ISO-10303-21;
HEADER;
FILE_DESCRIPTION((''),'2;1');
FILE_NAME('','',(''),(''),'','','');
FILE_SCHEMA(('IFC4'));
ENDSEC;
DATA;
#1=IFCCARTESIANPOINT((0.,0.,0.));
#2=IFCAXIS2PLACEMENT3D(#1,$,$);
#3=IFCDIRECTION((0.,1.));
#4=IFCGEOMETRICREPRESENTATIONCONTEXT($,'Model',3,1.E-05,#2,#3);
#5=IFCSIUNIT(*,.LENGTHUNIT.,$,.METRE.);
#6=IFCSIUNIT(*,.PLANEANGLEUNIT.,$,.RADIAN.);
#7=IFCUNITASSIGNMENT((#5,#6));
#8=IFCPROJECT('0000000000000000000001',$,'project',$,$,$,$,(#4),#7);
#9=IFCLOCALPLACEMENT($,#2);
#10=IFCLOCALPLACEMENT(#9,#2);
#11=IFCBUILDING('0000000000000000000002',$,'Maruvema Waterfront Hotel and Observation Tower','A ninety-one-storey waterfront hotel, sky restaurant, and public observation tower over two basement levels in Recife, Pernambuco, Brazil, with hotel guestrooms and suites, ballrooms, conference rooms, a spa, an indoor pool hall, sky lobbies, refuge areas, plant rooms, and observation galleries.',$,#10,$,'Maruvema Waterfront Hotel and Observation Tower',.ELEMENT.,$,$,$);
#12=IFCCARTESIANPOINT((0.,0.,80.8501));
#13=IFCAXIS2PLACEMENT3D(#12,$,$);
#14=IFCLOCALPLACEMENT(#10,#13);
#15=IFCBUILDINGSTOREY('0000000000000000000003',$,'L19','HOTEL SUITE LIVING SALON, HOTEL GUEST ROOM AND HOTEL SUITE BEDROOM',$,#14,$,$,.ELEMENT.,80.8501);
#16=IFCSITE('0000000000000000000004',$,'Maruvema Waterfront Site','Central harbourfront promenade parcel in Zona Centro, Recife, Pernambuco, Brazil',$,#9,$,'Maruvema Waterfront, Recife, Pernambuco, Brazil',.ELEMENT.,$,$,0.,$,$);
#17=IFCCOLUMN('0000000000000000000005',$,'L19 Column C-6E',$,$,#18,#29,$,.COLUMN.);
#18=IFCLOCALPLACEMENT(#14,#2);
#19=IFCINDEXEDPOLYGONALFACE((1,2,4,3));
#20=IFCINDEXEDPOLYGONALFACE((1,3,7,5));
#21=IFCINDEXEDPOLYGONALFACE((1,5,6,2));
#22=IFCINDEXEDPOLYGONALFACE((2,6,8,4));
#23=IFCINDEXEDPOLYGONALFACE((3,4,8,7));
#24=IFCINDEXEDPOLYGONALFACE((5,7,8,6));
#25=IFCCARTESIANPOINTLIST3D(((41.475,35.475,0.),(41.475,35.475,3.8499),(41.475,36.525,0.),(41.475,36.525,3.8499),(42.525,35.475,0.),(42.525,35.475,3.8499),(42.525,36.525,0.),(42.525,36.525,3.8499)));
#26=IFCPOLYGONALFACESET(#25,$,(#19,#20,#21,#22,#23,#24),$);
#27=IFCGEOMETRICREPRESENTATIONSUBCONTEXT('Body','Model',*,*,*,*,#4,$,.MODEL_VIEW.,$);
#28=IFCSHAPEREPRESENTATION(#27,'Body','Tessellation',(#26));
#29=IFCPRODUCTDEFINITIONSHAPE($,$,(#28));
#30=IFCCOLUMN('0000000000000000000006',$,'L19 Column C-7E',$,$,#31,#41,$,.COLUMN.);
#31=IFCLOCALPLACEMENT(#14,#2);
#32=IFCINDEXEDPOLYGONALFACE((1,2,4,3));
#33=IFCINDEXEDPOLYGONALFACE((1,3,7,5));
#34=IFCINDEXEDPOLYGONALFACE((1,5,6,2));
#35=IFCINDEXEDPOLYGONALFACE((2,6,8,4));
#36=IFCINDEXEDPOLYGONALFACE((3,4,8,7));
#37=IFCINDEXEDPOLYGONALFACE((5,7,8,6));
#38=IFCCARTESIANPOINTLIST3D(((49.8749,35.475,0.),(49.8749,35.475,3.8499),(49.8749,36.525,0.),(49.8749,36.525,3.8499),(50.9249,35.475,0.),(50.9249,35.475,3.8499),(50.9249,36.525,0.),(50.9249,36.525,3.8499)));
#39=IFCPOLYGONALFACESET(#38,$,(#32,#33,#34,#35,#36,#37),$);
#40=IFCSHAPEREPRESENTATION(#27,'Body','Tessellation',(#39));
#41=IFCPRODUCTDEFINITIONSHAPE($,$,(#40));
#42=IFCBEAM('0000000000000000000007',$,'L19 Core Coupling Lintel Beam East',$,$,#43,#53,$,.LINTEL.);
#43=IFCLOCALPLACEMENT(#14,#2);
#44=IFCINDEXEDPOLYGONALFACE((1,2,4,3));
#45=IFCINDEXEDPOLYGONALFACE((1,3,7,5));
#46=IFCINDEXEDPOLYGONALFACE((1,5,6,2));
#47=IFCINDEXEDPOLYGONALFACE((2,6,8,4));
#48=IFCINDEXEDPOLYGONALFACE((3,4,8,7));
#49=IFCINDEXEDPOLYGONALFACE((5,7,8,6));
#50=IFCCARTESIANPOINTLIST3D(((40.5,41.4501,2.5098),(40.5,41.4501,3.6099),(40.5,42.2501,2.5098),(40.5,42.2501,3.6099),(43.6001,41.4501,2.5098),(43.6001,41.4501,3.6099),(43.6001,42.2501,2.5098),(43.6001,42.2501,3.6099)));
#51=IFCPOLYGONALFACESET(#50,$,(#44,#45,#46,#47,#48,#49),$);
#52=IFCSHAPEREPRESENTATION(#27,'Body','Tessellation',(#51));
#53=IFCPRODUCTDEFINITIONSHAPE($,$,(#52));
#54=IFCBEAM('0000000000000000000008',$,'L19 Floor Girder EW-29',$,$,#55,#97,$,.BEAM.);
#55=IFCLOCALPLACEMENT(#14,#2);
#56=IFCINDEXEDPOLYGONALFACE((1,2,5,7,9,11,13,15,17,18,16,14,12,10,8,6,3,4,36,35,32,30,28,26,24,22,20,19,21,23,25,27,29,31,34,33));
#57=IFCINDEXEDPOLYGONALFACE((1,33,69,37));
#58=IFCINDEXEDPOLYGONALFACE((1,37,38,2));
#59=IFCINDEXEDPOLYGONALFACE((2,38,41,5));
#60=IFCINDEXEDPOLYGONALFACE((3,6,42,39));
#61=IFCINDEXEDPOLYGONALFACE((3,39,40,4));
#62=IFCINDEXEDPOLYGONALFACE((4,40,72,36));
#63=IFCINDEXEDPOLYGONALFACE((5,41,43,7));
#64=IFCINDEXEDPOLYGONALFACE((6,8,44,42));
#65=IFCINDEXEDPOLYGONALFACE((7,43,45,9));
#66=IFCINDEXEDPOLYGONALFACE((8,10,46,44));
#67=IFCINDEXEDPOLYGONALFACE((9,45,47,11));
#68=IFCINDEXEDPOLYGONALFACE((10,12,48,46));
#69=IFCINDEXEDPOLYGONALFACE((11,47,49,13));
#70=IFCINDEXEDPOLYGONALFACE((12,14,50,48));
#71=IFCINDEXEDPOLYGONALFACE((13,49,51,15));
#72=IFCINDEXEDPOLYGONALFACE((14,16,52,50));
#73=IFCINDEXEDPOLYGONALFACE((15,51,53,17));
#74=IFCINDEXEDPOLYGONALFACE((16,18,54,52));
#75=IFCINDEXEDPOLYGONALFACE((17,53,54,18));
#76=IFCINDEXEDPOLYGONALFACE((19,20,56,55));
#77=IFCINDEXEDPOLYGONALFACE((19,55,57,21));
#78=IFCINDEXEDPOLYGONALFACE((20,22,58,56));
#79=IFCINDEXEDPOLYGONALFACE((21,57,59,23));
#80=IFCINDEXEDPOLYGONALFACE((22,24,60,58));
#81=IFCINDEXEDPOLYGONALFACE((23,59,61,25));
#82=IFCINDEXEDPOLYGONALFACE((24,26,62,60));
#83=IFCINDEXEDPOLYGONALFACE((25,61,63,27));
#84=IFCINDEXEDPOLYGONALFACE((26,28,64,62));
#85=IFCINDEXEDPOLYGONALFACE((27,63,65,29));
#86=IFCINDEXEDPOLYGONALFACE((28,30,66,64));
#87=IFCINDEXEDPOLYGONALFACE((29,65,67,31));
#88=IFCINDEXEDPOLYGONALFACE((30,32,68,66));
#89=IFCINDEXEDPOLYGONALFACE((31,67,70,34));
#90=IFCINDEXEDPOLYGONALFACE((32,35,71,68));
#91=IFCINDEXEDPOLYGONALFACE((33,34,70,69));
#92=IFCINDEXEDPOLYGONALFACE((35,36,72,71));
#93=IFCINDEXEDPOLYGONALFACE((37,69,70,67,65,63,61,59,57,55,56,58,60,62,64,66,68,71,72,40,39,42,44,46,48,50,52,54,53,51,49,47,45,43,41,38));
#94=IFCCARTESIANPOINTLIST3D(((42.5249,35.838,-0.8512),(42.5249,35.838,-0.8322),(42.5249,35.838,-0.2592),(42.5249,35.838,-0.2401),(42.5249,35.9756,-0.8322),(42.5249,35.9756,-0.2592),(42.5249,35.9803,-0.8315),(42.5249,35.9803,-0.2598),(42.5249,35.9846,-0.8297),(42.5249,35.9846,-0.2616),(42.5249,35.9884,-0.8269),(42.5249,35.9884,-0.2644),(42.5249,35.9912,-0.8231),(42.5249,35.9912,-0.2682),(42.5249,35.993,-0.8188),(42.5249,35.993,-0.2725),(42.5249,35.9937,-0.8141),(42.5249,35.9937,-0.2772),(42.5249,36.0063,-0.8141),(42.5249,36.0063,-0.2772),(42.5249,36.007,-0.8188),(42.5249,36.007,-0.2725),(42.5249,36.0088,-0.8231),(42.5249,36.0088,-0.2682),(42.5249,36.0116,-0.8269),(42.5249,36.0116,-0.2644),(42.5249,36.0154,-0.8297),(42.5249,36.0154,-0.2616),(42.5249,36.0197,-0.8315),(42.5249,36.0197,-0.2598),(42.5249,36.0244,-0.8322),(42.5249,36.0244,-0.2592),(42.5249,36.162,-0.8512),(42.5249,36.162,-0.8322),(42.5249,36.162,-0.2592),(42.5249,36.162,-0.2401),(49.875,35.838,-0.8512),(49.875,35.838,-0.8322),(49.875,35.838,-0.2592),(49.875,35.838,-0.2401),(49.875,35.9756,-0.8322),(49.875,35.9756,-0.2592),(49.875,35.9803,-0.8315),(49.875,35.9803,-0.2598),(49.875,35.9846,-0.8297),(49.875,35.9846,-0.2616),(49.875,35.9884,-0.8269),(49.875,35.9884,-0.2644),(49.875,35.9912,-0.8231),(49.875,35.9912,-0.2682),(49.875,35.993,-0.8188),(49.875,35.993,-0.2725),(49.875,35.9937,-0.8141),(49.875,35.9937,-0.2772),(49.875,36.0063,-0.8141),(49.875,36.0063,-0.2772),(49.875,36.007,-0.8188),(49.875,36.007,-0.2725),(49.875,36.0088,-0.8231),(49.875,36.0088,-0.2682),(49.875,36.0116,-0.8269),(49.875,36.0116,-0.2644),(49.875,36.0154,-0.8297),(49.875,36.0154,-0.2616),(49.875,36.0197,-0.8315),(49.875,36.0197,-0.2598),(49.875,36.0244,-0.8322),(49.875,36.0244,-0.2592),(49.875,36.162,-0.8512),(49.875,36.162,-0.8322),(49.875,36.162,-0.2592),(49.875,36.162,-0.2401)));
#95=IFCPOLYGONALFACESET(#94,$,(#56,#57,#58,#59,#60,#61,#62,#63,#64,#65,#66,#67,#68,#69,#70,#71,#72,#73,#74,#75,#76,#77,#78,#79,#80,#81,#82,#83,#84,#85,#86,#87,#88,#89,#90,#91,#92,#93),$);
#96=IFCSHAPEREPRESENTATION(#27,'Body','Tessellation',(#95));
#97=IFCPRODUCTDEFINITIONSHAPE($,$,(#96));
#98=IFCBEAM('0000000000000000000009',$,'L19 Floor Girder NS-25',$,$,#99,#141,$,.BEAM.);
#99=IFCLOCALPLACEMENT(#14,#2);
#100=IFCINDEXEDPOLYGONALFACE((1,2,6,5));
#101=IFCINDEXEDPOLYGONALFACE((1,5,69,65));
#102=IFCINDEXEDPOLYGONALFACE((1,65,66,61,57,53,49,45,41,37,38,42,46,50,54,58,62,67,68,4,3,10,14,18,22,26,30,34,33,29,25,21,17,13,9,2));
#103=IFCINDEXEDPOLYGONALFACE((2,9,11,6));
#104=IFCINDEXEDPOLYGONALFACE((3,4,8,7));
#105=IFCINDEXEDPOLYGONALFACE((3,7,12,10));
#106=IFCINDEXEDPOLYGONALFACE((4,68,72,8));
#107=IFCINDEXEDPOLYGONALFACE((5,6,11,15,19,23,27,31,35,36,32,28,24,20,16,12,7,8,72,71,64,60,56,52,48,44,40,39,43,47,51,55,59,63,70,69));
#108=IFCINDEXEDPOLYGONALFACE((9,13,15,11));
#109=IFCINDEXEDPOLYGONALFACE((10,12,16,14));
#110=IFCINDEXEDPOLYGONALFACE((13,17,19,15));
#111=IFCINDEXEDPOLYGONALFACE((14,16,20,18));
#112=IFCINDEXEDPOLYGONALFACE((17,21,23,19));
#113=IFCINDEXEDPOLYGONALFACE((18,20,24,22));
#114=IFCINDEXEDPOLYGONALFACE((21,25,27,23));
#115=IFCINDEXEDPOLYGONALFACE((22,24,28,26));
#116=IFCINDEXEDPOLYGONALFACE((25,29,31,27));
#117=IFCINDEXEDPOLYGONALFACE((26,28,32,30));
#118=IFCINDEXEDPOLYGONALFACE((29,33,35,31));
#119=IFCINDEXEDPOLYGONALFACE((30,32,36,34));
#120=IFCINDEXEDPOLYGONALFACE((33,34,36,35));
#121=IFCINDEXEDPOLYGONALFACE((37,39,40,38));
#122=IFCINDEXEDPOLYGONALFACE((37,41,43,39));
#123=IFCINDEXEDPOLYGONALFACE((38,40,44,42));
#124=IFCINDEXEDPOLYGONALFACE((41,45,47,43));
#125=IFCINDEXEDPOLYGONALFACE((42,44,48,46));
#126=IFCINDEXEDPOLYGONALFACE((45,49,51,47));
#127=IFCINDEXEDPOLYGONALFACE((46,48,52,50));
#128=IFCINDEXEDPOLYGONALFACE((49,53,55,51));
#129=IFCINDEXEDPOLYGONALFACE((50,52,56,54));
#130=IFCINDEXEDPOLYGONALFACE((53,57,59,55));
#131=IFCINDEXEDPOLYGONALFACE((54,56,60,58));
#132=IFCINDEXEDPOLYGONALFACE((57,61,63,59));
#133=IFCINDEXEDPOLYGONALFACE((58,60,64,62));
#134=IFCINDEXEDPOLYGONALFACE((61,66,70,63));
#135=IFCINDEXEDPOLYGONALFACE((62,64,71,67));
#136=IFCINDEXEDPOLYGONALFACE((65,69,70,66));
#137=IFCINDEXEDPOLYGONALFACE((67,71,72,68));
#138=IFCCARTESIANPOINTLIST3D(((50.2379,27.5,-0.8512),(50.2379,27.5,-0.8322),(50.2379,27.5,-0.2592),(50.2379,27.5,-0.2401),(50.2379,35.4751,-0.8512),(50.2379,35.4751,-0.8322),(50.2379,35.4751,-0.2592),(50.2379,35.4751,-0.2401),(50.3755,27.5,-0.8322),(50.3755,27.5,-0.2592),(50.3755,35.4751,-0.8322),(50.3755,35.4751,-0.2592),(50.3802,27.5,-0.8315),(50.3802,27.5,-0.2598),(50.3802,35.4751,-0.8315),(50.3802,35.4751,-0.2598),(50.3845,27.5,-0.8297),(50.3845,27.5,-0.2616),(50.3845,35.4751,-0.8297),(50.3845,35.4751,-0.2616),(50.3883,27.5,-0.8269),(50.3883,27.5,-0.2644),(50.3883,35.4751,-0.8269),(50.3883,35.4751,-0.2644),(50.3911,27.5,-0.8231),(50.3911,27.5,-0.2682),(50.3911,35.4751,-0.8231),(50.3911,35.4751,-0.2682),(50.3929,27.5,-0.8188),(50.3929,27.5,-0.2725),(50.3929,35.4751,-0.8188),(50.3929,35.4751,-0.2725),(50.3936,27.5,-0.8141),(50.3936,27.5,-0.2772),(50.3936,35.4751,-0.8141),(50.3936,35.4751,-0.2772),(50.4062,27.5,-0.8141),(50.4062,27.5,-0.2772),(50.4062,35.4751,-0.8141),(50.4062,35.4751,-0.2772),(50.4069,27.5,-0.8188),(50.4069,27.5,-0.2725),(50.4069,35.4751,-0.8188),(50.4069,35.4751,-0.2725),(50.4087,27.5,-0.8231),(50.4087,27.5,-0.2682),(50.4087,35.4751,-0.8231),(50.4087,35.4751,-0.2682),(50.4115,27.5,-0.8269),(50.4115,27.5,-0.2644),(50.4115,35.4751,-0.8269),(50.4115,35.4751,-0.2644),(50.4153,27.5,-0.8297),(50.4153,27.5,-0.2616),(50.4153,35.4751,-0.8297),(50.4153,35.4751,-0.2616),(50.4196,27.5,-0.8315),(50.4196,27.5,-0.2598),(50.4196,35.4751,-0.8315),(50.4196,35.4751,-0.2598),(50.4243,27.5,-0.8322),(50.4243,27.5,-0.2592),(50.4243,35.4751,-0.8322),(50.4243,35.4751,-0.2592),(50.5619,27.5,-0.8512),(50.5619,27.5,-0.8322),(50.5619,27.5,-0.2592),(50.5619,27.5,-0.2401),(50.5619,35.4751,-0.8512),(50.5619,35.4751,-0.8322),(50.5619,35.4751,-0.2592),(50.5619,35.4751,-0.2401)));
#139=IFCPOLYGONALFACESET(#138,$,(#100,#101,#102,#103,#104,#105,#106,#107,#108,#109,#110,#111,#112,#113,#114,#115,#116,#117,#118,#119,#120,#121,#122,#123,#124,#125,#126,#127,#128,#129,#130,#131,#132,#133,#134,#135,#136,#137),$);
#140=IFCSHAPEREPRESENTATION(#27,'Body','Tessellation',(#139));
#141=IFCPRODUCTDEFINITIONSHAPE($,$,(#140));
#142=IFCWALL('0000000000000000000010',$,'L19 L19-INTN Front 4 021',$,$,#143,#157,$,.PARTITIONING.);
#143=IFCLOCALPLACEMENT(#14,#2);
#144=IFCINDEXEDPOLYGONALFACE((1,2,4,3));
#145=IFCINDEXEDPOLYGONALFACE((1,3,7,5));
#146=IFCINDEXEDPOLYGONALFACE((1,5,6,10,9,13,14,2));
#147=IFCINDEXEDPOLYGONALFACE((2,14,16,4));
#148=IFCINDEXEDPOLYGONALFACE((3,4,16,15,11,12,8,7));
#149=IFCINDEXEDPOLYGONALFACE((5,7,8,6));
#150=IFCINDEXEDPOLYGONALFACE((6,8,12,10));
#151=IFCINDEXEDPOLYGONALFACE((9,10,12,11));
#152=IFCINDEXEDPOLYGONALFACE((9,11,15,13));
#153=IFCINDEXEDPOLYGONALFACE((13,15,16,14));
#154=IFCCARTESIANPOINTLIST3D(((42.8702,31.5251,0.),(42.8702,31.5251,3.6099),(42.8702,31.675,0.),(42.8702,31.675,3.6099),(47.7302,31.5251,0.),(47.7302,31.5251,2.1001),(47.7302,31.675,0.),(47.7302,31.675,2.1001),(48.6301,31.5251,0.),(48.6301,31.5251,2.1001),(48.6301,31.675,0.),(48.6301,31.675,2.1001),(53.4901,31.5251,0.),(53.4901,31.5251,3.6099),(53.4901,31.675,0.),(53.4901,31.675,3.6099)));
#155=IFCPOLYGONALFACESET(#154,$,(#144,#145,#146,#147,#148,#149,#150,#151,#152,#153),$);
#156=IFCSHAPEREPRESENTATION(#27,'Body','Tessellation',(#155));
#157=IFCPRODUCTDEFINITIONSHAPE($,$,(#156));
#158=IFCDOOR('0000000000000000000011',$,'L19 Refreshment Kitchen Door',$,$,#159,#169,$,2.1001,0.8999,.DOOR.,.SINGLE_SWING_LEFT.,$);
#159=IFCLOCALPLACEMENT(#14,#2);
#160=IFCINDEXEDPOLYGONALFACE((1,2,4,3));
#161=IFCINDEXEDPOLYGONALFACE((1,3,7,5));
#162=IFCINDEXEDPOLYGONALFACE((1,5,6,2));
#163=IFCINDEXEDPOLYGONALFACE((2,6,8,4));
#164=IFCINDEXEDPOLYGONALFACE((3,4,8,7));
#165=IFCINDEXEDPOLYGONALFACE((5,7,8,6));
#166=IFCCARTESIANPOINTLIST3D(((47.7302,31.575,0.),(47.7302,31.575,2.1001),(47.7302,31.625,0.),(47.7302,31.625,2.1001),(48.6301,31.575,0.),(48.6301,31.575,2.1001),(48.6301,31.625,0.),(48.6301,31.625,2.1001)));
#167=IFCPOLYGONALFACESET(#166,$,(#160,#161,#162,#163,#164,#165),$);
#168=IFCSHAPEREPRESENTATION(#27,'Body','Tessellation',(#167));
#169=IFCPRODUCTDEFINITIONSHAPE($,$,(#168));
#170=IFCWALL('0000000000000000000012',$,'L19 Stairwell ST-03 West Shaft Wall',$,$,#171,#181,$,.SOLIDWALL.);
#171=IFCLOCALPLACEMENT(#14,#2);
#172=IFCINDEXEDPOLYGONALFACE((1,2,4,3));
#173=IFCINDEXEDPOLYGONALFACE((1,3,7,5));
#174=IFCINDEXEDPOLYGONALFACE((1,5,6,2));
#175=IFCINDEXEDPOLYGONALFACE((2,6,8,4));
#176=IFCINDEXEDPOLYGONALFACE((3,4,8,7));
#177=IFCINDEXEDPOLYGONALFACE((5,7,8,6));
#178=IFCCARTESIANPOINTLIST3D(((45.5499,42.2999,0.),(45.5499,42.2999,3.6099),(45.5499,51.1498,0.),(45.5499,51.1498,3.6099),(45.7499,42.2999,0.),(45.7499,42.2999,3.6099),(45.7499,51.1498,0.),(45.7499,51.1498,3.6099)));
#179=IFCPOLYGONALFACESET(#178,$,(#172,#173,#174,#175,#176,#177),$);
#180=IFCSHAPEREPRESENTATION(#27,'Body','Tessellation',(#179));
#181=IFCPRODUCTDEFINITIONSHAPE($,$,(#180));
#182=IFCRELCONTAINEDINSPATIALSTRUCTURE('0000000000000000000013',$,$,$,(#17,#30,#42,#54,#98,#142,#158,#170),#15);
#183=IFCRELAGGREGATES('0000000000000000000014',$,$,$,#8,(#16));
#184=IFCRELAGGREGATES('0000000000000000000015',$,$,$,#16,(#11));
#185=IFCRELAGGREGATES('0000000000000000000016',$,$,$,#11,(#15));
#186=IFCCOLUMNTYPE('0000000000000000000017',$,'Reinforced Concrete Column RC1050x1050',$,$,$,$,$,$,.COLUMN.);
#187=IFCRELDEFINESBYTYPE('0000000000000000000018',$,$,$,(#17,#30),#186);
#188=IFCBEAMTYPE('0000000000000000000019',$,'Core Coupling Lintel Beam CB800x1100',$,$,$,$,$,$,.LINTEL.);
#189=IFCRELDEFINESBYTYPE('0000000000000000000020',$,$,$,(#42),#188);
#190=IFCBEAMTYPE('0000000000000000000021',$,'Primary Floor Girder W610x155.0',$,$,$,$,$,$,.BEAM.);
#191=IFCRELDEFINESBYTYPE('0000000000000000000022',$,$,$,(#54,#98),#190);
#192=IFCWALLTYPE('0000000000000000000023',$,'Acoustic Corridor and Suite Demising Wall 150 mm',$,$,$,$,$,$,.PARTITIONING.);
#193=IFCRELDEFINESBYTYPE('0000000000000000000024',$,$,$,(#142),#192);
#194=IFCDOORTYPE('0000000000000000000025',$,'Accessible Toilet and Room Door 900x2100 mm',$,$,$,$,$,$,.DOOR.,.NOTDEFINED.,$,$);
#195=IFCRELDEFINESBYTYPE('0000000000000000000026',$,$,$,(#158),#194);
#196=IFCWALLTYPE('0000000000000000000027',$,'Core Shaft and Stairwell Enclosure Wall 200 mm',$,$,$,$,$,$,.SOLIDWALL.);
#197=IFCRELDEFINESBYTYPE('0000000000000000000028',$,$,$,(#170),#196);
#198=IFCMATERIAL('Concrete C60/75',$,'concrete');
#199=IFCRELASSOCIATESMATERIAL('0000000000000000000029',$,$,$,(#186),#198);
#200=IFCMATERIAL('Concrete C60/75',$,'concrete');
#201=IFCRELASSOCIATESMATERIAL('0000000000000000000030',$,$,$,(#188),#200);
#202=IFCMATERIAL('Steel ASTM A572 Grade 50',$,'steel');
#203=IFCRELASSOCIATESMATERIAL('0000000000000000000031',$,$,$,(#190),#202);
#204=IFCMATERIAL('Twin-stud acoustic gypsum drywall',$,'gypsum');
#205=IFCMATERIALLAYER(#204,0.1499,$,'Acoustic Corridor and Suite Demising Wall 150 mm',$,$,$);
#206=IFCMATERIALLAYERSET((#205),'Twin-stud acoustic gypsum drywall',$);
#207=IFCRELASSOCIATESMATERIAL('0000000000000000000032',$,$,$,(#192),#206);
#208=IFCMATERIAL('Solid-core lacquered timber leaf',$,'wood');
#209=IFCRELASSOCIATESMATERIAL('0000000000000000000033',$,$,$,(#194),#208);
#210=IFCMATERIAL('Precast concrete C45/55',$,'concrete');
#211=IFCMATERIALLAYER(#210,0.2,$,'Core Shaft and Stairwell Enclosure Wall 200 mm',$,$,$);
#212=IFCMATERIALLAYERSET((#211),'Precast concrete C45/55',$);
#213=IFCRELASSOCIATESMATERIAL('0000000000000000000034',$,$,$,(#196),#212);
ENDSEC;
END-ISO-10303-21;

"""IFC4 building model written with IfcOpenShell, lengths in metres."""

from ifc_helpers import new_model, si_unit, direction, frame, frame_2d, origin, origin_2d, place, context, subcontext, project, spatial, rectangle, i_section, extrude, material, layer, layer_set, material_profile, profile_set, type_object, element, fill, save


model = new_model("IFC4")

# Units and contexts
model_context = context("Model", 3, precision=1e-05, world=origin(), true_north=direction((0.0, 1.0)))
body_context = subcontext(model_context, "Body", "Model", "MODEL_VIEW")
ifc_project = project(units=[si_unit("LENGTHUNIT", "METRE"), si_unit("PLANEANGLEUNIT", "RADIAN")], contexts=[model_context])

# Site, building, storey
site_placement = place(None, origin())
site = spatial("IfcSite", under=ifc_project, at=site_placement, Name="Maruvema Waterfront Site", Description="Central harbourfront promenade parcel in Zona Centro, Recife, Pernambuco, Brazil", LongName="Maruvema Waterfront, Recife, Pernambuco, Brazil", CompositionType="ELEMENT", RefElevation=0.0)
building_placement = place(site_placement, origin())
building = spatial("IfcBuilding", under=site, at=building_placement, Name="Maruvema Waterfront Hotel and Observation Tower", Description="A ninety-one-storey waterfront hotel, sky restaurant, and public observation tower over two basement levels in Recife, Pernambuco, Brazil, with hotel guestrooms and suites, ballrooms, conference rooms, a spa, an indoor pool hall, sky lobbies, refuge areas, plant rooms, and observation galleries.", LongName="Maruvema Waterfront Hotel and Observation Tower", CompositionType="ELEMENT")
storey_placement = place(building_placement, frame((0.0, 0.0, 80.8501)))
storey = spatial("IfcBuildingStorey", under=building, at=storey_placement, Name="L19", Description="HOTEL SUITE LIVING SALON, HOTEL GUEST ROOM AND HOTEL SUITE BEDROOM", CompositionType="ELEMENT", Elevation=80.8501)

# Columns
ifc_material_1 = material(Name="Concrete C60/75", Category="concrete")
ifc_material_profile_1 = material_profile(ifc_material_1, rectangle(XDim=1.05, YDim=1.05, at=origin_2d()), Name="RC1050x1050")
ifc_profile_set_1 = profile_set([ifc_material_profile_1], Name="Concrete C60/75")
column_type = type_object("IfcColumnType", Name="Reinforced Concrete Column RC1050x1050", PredefinedType="COLUMN", material=ifc_profile_set_1)
for number, where, z_axis, x_axis, name in (
    (1, (42.0, 36.0, 0.0), (0.0, 0.0, 1.0), (1.0, 0.0, 0.0), "L19 Column C-6E"),
    (2, (50.3999, 36.0, 0.0), (0.0, 0.0, 1.0), (1.0, 0.0, 0.0), "L19 Column C-7E"),
):
    element("IfcColumn", number, at=place(storey_placement, frame(where, z_axis=z_axis, x_axis=x_axis)), inside=storey, type_object=column_type, Name=name, PredefinedType="COLUMN", context=body_context, shape_type="SweptSolid", body=[
        extrude(rectangle(XDim=1.05, YDim=1.05, at=origin_2d()), origin(), (0.0, 0.0, 1.0), 3.8499),
    ])

# Beams
ifc_material_2 = material(Name="Concrete C60/75", Category="concrete")
ifc_material_profile_2 = material_profile(ifc_material_2, rectangle(XDim=0.8, YDim=1.1001, at=origin_2d()), Name="CB800x1100")
ifc_profile_set_2 = profile_set([ifc_material_profile_2], Name="Concrete C60/75")
beam_type_1 = type_object("IfcBeamType", Name="Core Coupling Lintel Beam CB800x1100", PredefinedType="LINTEL", material=ifc_profile_set_2)
beam_1_placement = place(storey_placement, frame((40.5, 41.8501, 3.0598), z_axis=(1.0, 0.0, 0.0), x_axis=(0.0, 1.0, 0.0)))
element("IfcBeam", 3, at=beam_1_placement, inside=storey, type_object=beam_type_1, Name="L19 Core Coupling Lintel Beam East", PredefinedType="LINTEL", context=body_context, shape_type="SweptSolid", body=[
    extrude(rectangle(XDim=0.8, YDim=1.1001, at=origin_2d()), origin(), (0.0, 0.0, 1.0), 3.1001),
])
ifc_material_3 = material(Name="Steel ASTM A572 Grade 50", Category="steel")
ifc_material_profile_3 = material_profile(ifc_material_3, i_section(OverallWidth=0.324, OverallDepth=0.6111, WebThickness=0.0127, FlangeThickness=0.019, FilletRadius=0.0181, at=origin_2d()), Name="W610x155.0")
ifc_profile_set_3 = profile_set([ifc_material_profile_3], Name="Steel ASTM A572 Grade 50")
beam_type_2 = type_object("IfcBeamType", Name="Primary Floor Girder W610x155.0", PredefinedType="BEAM", material=ifc_profile_set_3)
beam_2_placement = place(storey_placement, frame((42.5249, 36.0, -0.5457), z_axis=(1.0, 0.0, 0.0), x_axis=(0.0, 1.0, 0.0)))
element("IfcBeam", 4, at=beam_2_placement, inside=storey, type_object=beam_type_2, Name="L19 Floor Girder EW-29", PredefinedType="BEAM", context=body_context, shape_type="SweptSolid", body=[
    extrude(i_section(OverallWidth=0.324, OverallDepth=0.6111, WebThickness=0.0127, FlangeThickness=0.019, FilletRadius=0.0181, at=origin_2d()), origin(), (0.0, 0.0, 1.0), 7.3501),
])
beam_3_placement = place(storey_placement, frame((50.3999, 27.5, -0.5457), z_axis=(0.0, 1.0, 0.0), x_axis=(-1.0, 0.0, 0.0)))
element("IfcBeam", 5, at=beam_3_placement, inside=storey, type_object=beam_type_2, Name="L19 Floor Girder NS-25", PredefinedType="BEAM", context=body_context, shape_type="SweptSolid", body=[
    extrude(i_section(OverallWidth=0.324, OverallDepth=0.6111, WebThickness=0.0127, FlangeThickness=0.019, FilletRadius=0.0181, at=origin_2d()), origin(), (0.0, 0.0, 1.0), 7.9751),
])

# Wall, opening, door
ifc_material_4 = material(Name="Twin-stud acoustic gypsum drywall", Category="gypsum")
ifc_layer_1 = layer(ifc_material_4, 0.1499, Name="Acoustic Corridor and Suite Demising Wall 150 mm")
ifc_layer_set_1 = layer_set([ifc_layer_1], Name="Twin-stud acoustic gypsum drywall")
wall_type_1 = type_object("IfcWallType", Name="Acoustic Corridor and Suite Demising Wall 150 mm", PredefinedType="PARTITIONING", material=ifc_layer_set_1)
wall_1_placement = place(storey_placement, frame((42.8701, 31.6001, 0.0), z_axis=(0.0, 0.0, 1.0), x_axis=(1.0, 0.0, 0.0)))
wall_1 = element("IfcWall", 6, at=wall_1_placement, inside=storey, type_object=wall_type_1, Name="L19 L19-INTN Front 4 021", PredefinedType="PARTITIONING", context=body_context, shape_type="SweptSolid", body=[
    extrude(rectangle(XDim=10.6199, YDim=0.1499, at=frame_2d((5.3101, 0.0))), origin(), (0.0, 0.0, 1.0), 3.6099),
])
opening_1_placement = place(wall_1_placement, frame((4.8601, 0.0, 0.0)))
opening_1 = element("IfcOpeningElement", 7, at=opening_1_placement, cuts=wall_1, PredefinedType="OPENING", context=body_context, shape_type="SweptSolid", body=[
    extrude(rectangle(XDim=0.8999, YDim=2.1001, at=frame_2d((0.45, 1.05))), frame((0.0, 0.085, 0.0), z_axis=(0.0, -1.0, 0.0), x_axis=(1.0, 0.0, 0.0)), (0.0, 0.0, 1.0), 0.1699),
])
ifc_material_5 = material(Name="Solid-core lacquered timber leaf", Category="wood")
door_type_1 = type_object("IfcDoorType", Name="Accessible Toilet and Room Door 900x2100 mm", OperationType="NOTDEFINED", PredefinedType="DOOR", material=ifc_material_5)
door_1_placement = place(opening_1_placement, origin())
door_1 = element("IfcDoor", 8, at=door_1_placement, inside=storey, type_object=door_type_1, Name="L19 Refreshment Kitchen Door", OperationType="SINGLE_SWING_LEFT", OverallHeight=2.1001, OverallWidth=0.8999, PredefinedType="DOOR", context=body_context, shape_type="SweptSolid", body=[
    extrude(rectangle(XDim=0.8999, YDim=2.1001, at=frame_2d((0.45, 1.05))), frame((0.0, 0.0249, 0.0), z_axis=(0.0, -1.0, 0.0), x_axis=(1.0, 0.0, 0.0)), (0.0, 0.0, 1.0), 0.05),
])
fill(opening_1, door_1)

# Wall
ifc_material_6 = material(Name="Precast concrete C45/55", Category="concrete")
ifc_layer_2 = layer(ifc_material_6, 0.2, Name="Core Shaft and Stairwell Enclosure Wall 200 mm")
ifc_layer_set_2 = layer_set([ifc_layer_2], Name="Precast concrete C45/55")
wall_type_2 = type_object("IfcWallType", Name="Core Shaft and Stairwell Enclosure Wall 200 mm", PredefinedType="SOLIDWALL", material=ifc_layer_set_2)
wall_2_placement = place(storey_placement, frame((45.6499, 42.3, 0.0), z_axis=(0.0, 0.0, 1.0), x_axis=(0.0, 1.0, 0.0)))
element("IfcWall", 9, at=wall_2_placement, inside=storey, type_object=wall_type_2, Name="L19 Stairwell ST-03 West Shaft Wall", PredefinedType="SOLIDWALL", context=body_context, shape_type="SweptSolid", body=[
    extrude(rectangle(XDim=8.8499, YDim=0.2, at=frame_2d((4.4248, 0.0))), origin(), (0.0, 0.0, 1.0), 3.6099),
])

save(model, "model.ifc")
